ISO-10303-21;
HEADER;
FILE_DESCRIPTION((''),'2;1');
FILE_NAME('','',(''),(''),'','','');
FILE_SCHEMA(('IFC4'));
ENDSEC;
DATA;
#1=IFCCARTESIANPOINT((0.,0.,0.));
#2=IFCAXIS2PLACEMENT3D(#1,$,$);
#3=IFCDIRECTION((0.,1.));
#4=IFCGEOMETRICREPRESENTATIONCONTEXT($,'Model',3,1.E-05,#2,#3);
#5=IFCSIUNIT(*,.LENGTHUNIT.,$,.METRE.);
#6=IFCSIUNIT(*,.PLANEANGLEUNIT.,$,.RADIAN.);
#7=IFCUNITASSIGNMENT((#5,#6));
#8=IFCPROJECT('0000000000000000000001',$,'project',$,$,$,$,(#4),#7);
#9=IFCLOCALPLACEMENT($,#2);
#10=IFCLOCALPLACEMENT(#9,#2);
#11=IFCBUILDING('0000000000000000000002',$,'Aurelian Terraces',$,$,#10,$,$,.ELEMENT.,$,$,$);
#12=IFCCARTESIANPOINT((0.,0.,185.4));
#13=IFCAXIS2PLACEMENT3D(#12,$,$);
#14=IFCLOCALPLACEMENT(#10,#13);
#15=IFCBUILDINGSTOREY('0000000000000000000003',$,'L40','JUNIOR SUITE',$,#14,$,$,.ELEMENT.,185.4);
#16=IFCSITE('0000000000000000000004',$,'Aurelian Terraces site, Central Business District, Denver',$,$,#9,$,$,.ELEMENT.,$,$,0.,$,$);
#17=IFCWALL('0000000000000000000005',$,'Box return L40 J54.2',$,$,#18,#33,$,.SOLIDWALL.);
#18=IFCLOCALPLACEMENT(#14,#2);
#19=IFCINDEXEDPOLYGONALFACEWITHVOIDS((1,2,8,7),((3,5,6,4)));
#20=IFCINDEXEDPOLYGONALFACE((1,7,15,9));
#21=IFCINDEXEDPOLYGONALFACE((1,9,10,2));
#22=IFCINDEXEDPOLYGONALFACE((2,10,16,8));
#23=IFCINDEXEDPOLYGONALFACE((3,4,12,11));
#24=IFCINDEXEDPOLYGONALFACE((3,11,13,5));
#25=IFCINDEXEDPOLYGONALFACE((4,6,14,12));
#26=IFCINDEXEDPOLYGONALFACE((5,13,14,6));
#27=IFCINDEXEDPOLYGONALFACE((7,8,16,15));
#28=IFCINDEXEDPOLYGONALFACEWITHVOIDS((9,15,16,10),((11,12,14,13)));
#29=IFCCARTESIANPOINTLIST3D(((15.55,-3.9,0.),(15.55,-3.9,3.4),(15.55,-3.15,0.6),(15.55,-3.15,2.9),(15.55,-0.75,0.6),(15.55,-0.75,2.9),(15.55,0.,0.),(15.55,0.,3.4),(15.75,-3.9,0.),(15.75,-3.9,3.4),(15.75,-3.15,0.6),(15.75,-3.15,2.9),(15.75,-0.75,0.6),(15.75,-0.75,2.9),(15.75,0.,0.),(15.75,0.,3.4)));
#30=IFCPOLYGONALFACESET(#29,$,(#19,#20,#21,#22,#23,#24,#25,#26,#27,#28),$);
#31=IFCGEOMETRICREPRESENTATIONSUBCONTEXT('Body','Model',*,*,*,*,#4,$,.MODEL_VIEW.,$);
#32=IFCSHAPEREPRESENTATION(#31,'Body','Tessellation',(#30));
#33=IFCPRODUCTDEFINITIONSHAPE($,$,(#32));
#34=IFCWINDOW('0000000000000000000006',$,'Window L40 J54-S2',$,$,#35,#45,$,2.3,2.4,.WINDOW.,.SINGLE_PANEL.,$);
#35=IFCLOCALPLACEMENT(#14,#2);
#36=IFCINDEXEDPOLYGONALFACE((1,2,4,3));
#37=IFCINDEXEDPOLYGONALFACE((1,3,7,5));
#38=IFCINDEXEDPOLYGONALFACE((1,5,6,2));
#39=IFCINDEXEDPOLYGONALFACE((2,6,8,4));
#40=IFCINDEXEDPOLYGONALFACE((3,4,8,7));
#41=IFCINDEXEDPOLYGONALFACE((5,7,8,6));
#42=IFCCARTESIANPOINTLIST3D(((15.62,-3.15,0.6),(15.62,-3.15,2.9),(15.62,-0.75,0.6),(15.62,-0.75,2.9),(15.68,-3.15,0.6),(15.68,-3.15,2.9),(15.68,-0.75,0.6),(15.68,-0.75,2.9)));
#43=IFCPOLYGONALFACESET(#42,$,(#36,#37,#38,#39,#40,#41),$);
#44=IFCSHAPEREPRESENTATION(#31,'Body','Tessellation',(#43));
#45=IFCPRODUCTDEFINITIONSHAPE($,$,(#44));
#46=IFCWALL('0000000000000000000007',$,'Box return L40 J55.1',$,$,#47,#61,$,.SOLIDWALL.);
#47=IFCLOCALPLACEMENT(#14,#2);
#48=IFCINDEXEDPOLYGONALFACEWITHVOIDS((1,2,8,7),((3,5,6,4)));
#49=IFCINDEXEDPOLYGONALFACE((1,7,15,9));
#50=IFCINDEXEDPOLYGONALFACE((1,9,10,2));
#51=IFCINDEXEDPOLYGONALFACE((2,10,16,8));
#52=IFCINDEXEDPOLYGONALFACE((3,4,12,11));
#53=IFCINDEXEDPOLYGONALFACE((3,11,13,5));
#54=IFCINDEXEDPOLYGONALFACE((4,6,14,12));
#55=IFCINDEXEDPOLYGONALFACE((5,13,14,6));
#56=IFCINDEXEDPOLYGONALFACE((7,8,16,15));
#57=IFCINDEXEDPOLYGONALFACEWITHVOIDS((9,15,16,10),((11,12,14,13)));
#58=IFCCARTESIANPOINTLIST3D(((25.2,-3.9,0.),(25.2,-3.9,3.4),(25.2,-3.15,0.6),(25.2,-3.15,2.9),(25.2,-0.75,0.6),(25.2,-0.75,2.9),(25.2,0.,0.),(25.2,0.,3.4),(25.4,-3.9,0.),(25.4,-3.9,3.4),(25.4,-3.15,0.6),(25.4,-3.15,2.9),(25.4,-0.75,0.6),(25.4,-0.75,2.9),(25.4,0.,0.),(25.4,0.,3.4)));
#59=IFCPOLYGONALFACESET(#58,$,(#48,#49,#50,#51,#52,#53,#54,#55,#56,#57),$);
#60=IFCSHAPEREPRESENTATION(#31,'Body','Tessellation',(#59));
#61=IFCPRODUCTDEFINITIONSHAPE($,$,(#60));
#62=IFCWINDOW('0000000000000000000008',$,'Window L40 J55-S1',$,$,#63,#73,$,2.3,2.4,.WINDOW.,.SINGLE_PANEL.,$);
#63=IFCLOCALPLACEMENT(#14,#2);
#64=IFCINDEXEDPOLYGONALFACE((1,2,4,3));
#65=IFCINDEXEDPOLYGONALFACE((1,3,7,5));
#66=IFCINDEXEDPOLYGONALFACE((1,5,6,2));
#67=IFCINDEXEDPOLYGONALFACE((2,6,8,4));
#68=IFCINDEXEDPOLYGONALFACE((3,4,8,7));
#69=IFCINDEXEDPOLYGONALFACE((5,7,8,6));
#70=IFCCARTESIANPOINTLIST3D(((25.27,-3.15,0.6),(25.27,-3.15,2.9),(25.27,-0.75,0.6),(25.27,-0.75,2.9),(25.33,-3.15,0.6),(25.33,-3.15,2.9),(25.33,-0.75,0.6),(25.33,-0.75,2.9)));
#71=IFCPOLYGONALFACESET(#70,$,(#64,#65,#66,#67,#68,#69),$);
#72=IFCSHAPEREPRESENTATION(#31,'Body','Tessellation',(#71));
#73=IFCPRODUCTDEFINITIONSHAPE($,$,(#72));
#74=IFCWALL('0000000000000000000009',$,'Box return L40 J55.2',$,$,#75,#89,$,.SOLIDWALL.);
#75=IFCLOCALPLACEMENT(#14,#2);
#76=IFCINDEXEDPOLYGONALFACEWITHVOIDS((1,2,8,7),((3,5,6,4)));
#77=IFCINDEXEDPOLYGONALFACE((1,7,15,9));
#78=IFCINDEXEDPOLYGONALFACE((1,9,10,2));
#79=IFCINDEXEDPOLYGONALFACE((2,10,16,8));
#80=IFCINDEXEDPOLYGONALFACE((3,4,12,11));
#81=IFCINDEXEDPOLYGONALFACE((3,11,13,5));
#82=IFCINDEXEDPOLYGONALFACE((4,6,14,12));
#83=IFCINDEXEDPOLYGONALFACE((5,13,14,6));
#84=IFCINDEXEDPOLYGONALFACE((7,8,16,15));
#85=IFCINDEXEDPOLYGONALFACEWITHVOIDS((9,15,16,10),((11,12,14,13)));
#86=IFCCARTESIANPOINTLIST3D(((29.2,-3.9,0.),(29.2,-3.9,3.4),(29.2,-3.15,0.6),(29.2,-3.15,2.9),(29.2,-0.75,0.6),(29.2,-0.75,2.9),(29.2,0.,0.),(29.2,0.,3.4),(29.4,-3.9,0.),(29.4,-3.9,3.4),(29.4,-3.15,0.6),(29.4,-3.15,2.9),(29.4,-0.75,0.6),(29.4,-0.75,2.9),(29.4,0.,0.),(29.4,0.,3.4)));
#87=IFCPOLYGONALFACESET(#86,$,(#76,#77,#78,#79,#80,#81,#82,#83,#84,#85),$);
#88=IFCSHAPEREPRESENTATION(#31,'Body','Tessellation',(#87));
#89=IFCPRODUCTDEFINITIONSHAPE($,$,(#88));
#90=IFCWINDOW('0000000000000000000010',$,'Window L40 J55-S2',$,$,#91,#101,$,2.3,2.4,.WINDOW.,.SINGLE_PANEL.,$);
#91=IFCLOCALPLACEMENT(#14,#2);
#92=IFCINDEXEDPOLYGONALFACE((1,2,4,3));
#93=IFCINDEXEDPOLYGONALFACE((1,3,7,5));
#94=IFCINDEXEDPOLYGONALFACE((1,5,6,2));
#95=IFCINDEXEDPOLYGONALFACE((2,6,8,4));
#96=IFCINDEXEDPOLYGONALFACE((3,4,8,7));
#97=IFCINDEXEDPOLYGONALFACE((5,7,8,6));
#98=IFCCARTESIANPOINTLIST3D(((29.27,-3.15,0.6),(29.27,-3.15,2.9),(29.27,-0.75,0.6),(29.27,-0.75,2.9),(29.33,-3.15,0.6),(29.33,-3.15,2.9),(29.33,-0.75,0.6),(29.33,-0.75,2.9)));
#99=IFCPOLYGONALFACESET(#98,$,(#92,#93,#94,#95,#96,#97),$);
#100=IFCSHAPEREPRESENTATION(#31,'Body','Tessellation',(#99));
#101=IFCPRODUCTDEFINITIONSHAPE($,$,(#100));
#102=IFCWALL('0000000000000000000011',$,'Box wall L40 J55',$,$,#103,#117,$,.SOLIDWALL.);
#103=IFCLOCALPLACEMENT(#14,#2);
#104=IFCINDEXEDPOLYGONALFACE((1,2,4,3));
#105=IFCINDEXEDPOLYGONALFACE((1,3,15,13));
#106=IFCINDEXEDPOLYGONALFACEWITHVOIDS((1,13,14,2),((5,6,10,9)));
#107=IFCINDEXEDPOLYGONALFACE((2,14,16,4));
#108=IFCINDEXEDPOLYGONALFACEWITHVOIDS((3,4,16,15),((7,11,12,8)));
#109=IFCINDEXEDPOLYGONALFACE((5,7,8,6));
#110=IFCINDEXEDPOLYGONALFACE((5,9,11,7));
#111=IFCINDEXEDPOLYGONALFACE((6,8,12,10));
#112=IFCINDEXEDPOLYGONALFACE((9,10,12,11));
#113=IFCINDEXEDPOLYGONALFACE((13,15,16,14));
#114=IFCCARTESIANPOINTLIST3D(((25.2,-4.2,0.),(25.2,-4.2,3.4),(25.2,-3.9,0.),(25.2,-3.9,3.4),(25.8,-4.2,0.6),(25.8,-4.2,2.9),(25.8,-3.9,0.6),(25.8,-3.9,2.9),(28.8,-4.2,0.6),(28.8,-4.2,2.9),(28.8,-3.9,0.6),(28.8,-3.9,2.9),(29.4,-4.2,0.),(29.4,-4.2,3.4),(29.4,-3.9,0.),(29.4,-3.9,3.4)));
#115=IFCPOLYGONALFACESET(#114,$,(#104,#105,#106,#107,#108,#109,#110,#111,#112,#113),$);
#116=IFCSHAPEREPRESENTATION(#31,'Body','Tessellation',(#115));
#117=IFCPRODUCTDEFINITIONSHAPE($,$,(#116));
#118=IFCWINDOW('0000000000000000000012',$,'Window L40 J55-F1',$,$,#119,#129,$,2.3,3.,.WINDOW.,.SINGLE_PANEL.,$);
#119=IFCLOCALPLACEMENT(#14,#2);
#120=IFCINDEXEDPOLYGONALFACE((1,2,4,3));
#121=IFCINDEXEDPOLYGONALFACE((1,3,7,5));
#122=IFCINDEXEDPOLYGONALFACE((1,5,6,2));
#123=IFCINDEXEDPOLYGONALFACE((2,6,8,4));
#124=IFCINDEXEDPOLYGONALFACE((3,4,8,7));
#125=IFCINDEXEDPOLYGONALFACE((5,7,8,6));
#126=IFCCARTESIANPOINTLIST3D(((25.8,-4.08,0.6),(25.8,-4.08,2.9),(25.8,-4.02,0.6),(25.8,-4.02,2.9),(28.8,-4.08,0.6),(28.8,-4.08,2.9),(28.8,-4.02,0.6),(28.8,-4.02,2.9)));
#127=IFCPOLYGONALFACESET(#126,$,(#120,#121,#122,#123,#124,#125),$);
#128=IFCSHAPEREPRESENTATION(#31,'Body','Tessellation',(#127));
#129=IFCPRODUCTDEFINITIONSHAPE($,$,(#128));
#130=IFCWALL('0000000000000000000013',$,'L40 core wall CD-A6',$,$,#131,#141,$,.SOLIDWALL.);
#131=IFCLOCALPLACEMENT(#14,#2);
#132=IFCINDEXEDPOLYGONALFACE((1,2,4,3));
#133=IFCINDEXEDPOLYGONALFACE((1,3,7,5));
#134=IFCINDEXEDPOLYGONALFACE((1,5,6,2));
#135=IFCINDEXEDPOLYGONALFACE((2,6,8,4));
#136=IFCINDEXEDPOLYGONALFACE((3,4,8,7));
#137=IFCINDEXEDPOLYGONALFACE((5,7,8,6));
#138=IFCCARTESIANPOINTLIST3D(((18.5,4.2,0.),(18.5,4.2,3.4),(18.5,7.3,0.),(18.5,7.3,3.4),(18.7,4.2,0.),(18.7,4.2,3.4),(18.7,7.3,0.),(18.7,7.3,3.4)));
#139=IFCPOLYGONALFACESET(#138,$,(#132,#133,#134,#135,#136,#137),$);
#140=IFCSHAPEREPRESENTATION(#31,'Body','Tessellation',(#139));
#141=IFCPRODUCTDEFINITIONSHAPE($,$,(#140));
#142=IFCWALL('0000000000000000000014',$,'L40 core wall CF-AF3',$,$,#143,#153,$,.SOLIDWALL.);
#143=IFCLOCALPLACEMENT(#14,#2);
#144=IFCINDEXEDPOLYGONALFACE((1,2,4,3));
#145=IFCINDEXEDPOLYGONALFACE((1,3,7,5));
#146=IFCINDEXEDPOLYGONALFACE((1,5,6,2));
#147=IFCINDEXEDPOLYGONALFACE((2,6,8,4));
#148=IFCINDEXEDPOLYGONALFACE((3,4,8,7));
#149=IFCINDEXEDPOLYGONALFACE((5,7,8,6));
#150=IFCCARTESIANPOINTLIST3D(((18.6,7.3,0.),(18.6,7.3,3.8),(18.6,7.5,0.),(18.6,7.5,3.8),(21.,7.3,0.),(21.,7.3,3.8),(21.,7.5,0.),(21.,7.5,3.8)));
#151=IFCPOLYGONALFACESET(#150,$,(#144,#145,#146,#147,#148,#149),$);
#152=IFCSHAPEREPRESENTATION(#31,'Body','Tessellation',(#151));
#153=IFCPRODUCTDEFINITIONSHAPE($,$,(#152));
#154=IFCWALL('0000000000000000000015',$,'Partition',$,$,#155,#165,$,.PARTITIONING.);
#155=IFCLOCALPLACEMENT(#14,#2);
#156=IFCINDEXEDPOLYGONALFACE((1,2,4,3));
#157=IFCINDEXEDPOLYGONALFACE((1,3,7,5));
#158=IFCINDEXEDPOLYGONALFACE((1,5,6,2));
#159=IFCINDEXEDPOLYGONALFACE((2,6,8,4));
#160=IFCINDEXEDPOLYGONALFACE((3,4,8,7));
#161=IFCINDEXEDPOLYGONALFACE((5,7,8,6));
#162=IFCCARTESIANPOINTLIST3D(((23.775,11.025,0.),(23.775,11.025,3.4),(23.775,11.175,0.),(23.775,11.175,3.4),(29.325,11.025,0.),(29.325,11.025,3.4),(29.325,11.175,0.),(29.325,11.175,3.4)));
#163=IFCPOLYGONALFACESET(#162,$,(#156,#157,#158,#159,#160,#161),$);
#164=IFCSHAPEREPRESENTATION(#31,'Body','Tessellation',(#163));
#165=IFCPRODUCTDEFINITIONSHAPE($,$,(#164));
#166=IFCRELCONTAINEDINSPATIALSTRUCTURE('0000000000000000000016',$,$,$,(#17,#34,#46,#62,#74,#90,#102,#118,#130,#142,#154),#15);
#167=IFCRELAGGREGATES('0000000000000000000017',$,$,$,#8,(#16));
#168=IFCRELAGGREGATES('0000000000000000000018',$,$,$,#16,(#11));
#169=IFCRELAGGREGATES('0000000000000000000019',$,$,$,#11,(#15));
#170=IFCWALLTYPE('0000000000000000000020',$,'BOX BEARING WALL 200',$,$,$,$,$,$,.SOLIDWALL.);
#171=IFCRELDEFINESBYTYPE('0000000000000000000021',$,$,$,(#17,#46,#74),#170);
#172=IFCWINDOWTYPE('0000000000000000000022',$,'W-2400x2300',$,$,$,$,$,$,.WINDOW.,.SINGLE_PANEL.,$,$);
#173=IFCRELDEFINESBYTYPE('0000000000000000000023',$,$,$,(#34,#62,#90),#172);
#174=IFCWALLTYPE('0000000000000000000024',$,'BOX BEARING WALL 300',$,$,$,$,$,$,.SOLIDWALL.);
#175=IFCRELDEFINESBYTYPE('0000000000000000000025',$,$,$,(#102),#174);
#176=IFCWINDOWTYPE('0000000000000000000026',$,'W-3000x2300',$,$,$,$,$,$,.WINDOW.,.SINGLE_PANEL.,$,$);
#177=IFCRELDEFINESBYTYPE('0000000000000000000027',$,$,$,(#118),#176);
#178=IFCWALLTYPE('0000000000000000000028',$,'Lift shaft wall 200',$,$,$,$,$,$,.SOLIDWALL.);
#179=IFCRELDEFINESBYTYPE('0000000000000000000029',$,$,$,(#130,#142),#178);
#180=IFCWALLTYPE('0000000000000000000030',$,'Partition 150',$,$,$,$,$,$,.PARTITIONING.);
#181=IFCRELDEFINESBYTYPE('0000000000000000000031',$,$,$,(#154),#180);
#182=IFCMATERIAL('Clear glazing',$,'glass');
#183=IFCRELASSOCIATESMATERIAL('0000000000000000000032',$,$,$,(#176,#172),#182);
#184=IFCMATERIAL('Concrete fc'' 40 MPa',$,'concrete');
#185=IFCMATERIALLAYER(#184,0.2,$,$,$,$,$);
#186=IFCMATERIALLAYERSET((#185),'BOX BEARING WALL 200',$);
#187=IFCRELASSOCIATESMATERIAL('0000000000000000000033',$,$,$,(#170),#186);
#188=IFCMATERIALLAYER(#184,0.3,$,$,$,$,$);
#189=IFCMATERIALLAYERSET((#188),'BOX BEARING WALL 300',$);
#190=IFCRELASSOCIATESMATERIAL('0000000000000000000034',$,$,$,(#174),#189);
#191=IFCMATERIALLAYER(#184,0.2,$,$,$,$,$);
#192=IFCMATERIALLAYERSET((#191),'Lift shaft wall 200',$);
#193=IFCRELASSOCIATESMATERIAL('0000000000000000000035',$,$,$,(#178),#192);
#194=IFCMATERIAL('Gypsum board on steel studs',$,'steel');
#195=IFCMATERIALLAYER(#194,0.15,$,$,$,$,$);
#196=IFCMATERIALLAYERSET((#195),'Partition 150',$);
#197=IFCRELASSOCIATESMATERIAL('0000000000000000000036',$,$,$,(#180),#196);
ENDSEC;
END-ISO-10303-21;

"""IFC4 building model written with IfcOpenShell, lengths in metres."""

from ifc_helpers import new_model, si_unit, direction, frame, frame_2d, origin, place, context, subcontext, project, spatial, rectangle, extrude, source, transform, mapped, material, layer, layer_set, type_object, element, fill, save


model = new_model("IFC4")

# Units and contexts
model_context = context("Model", 3, precision=1e-05, world=origin(), true_north=direction((0.0, 1.0)))
body_context = subcontext(model_context, "Body", "Model", "MODEL_VIEW")
ifc_project = project(units=[si_unit("LENGTHUNIT", "METRE"), si_unit("PLANEANGLEUNIT", "RADIAN")], contexts=[model_context])

# Site, building, storey
site_placement = place(None, origin())
site = spatial("IfcSite", under=ifc_project, at=site_placement, Name="Aurelian Terraces site, Central Business District, Denver", CompositionType="ELEMENT", RefElevation=0.0)
building_placement = place(site_placement, origin())
building = spatial("IfcBuilding", under=site, at=building_placement, Name="Aurelian Terraces", CompositionType="ELEMENT")
storey_placement = place(building_placement, frame((0.0, 0.0, 185.4)))
storey = spatial("IfcBuildingStorey", under=building, at=storey_placement, Name="L40", Description="JUNIOR SUITE", CompositionType="ELEMENT", Elevation=185.4)

# Shared definitions
shared_shape_1 = source(origin(), body_context, "Body", "SweptSolid", [
    extrude(rectangle(XDim=3.0, YDim=2.3, at=frame_2d((1.5, 1.15))), frame((0.0, 0.16, 0.0), z_axis=(0.0, -1.0, 0.0), x_axis=(1.0, 0.0, 0.0)), (0.0, 0.0, 1.0), 0.32),
])
ifc_material_1 = material(Name="Clear glazing", Category="glass")
window_type_1 = type_object("IfcWindowType", Name="W-3000x2300", PartitioningType="SINGLE_PANEL", PredefinedType="WINDOW", material=ifc_material_1)
shared_shape_2 = source(origin(), body_context, "Body", "SweptSolid", [
    extrude(rectangle(XDim=3.0, YDim=2.3, at=frame_2d((1.5, 1.15))), frame((0.0, 0.03, 0.0), z_axis=(0.0, -1.0, 0.0), x_axis=(1.0, 0.0, 0.0)), (0.0, 0.0, 1.0), 0.06),
])

# Walls, openings, windows
ifc_material_2 = material(Name="Concrete fc' 40 MPa", Category="concrete")
ifc_layer_1 = layer(ifc_material_2, 0.2)
ifc_layer_set_1 = layer_set([ifc_layer_1], Name="BOX BEARING WALL 200")
wall_type_1 = type_object("IfcWallType", Name="BOX BEARING WALL 200", PredefinedType="SOLIDWALL", material=ifc_layer_set_1)
shared_shape_3 = source(origin(), body_context, "Body", "SweptSolid", [
    extrude(rectangle(XDim=3.9, YDim=0.2, at=frame_2d((1.95, 0.0))), origin(), (0.0, 0.0, 1.0), 3.4),
])
wall_1_placement = place(storey_placement, frame((15.65, 0.0, 0.0), z_axis=(0.0, 0.0, 1.0), x_axis=(0.0, -1.0, 0.0)))
wall_1 = element("IfcWall", 1, at=wall_1_placement, inside=storey, type_object=wall_type_1, Name="Box return L40 J54.2", PredefinedType="SOLIDWALL", context=body_context, shape_type="MappedRepresentation", body=[
    mapped(shared_shape_3, transform((0.0, 0.0, 0.0), scale=1.0)),
])
shared_shape_4 = source(origin(), body_context, "Body", "SweptSolid", [
    extrude(rectangle(XDim=2.4, YDim=2.3, at=frame_2d((1.2, 1.15))), frame((0.0, 0.11, 0.0), z_axis=(0.0, -1.0, 0.0), x_axis=(1.0, 0.0, 0.0)), (0.0, 0.0, 1.0), 0.22),
])
opening_1_placement = place(wall_1_placement, frame((0.75, 0.0, 0.6)))
opening_1 = element("IfcOpeningElement", 2, at=opening_1_placement, cuts=wall_1, PredefinedType="OPENING", context=body_context, shape_type="MappedRepresentation", body=[
    mapped(shared_shape_4, transform((0.0, 0.0, 0.0), scale=1.0)),
])
window_type_2 = type_object("IfcWindowType", Name="W-2400x2300", PartitioningType="SINGLE_PANEL", PredefinedType="WINDOW", material=ifc_material_1)
shared_shape_5 = source(origin(), body_context, "Body", "SweptSolid", [
    extrude(rectangle(XDim=2.4, YDim=2.3, at=frame_2d((1.2, 1.15))), frame((0.0, 0.03, 0.0), z_axis=(0.0, -1.0, 0.0), x_axis=(1.0, 0.0, 0.0)), (0.0, 0.0, 1.0), 0.06),
])
window_1_placement = place(opening_1_placement, origin())
window_1 = element("IfcWindow", 3, at=window_1_placement, inside=storey, type_object=window_type_2, Name="Window L40 J54-S2", OverallHeight=2.3, OverallWidth=2.4, PartitioningType="SINGLE_PANEL", PredefinedType="WINDOW", context=body_context, shape_type="MappedRepresentation", body=[
    mapped(shared_shape_5, transform((0.0, 0.0, 0.0), scale=1.0)),
])
fill(opening_1, window_1)
wall_2_placement = place(storey_placement, frame((25.3, 0.0, 0.0), z_axis=(0.0, 0.0, 1.0), x_axis=(0.0, -1.0, 0.0)))
wall_2 = element("IfcWall", 4, at=wall_2_placement, inside=storey, type_object=wall_type_1, Name="Box return L40 J55.1", PredefinedType="SOLIDWALL", context=body_context, shape_type="MappedRepresentation", body=[
    mapped(shared_shape_3, transform((0.0, 0.0, 0.0), scale=1.0)),
])
opening_2_placement = place(wall_2_placement, frame((0.75, 0.0, 0.6)))
opening_2 = element("IfcOpeningElement", 5, at=opening_2_placement, cuts=wall_2, PredefinedType="OPENING", context=body_context, shape_type="MappedRepresentation", body=[
    mapped(shared_shape_4, transform((0.0, 0.0, 0.0), scale=1.0)),
])
window_2_placement = place(opening_2_placement, origin())
window_2 = element("IfcWindow", 6, at=window_2_placement, inside=storey, type_object=window_type_2, Name="Window L40 J55-S1", OverallHeight=2.3, OverallWidth=2.4, PartitioningType="SINGLE_PANEL", PredefinedType="WINDOW", context=body_context, shape_type="MappedRepresentation", body=[
    mapped(shared_shape_5, transform((0.0, 0.0, 0.0), scale=1.0)),
])
fill(opening_2, window_2)
wall_3_placement = place(storey_placement, frame((29.3, 0.0, 0.0), z_axis=(0.0, 0.0, 1.0), x_axis=(0.0, -1.0, 0.0)))
wall_3 = element("IfcWall", 7, at=wall_3_placement, inside=storey, type_object=wall_type_1, Name="Box return L40 J55.2", PredefinedType="SOLIDWALL", context=body_context, shape_type="MappedRepresentation", body=[
    mapped(shared_shape_3, transform((0.0, 0.0, 0.0), scale=1.0)),
])
opening_3_placement = place(wall_3_placement, frame((0.75, 0.0, 0.6)))
opening_3 = element("IfcOpeningElement", 8, at=opening_3_placement, cuts=wall_3, PredefinedType="OPENING", context=body_context, shape_type="MappedRepresentation", body=[
    mapped(shared_shape_4, transform((0.0, 0.0, 0.0), scale=1.0)),
])
window_3_placement = place(opening_3_placement, origin())
window_3 = element("IfcWindow", 9, at=window_3_placement, inside=storey, type_object=window_type_2, Name="Window L40 J55-S2", OverallHeight=2.3, OverallWidth=2.4, PartitioningType="SINGLE_PANEL", PredefinedType="WINDOW", context=body_context, shape_type="MappedRepresentation", body=[
    mapped(shared_shape_5, transform((0.0, 0.0, 0.0), scale=1.0)),
])
fill(opening_3, window_3)
ifc_layer_2 = layer(ifc_material_2, 0.3)
ifc_layer_set_2 = layer_set([ifc_layer_2], Name="BOX BEARING WALL 300")
wall_type_2 = type_object("IfcWallType", Name="BOX BEARING WALL 300", PredefinedType="SOLIDWALL", material=ifc_layer_set_2)
shared_shape_6 = source(origin(), body_context, "Body", "SweptSolid", [
    extrude(rectangle(XDim=4.2, YDim=0.3, at=frame_2d((2.1, 0.0))), origin(), (0.0, 0.0, 1.0), 3.4),
])
wall_4_placement = place(storey_placement, frame((25.2, -4.05, 0.0), z_axis=(0.0, 0.0, 1.0), x_axis=(1.0, 0.0, 0.0)))
wall_4 = element("IfcWall", 10, at=wall_4_placement, inside=storey, type_object=wall_type_2, Name="Box wall L40 J55", PredefinedType="SOLIDWALL", context=body_context, shape_type="MappedRepresentation", body=[
    mapped(shared_shape_6, transform((0.0, 0.0, 0.0), scale=1.0)),
])
opening_4_placement = place(wall_4_placement, frame((0.6, 0.0, 0.6)))
opening_4 = element("IfcOpeningElement", 11, at=opening_4_placement, cuts=wall_4, PredefinedType="OPENING", context=body_context, shape_type="MappedRepresentation", body=[
    mapped(shared_shape_1, transform((0.0, 0.0, 0.0), scale=1.0)),
])
window_4_placement = place(opening_4_placement, origin())
window_4 = element("IfcWindow", 12, at=window_4_placement, inside=storey, type_object=window_type_1, Name="Window L40 J55-F1", OverallHeight=2.3, OverallWidth=3.0, PartitioningType="SINGLE_PANEL", PredefinedType="WINDOW", context=body_context, shape_type="MappedRepresentation", body=[
    mapped(shared_shape_2, transform((0.0, 0.0, 0.0), scale=1.0)),
])
fill(opening_4, window_4)

# Walls
ifc_layer_3 = layer(ifc_material_2, 0.2)
ifc_layer_set_3 = layer_set([ifc_layer_3], Name="Lift shaft wall 200")
wall_type_3 = type_object("IfcWallType", Name="Lift shaft wall 200", PredefinedType="SOLIDWALL", material=ifc_layer_set_3)
shared_shape_7 = source(origin(), body_context, "Body", "SweptSolid", [
    extrude(rectangle(XDim=3.1, YDim=0.2, at=frame_2d((1.55, 0.0))), origin(), (0.0, 0.0, 1.0), 3.4),
])
wall_5_placement = place(storey_placement, frame((18.6, 4.2, 0.0), z_axis=(0.0, 0.0, 1.0), x_axis=(0.0, 1.0, 0.0)))
element("IfcWall", 13, at=wall_5_placement, inside=storey, type_object=wall_type_3, Name="L40 core wall CD-A6", PredefinedType="SOLIDWALL", context=body_context, shape_type="MappedRepresentation", body=[
    mapped(shared_shape_7, transform((0.0, 0.0, 0.0), scale=1.0)),
])
shared_shape_8 = source(origin(), body_context, "Body", "SweptSolid", [
    extrude(rectangle(XDim=2.4, YDim=0.2, at=frame_2d((1.2, 0.0))), origin(), (0.0, 0.0, 1.0), 3.8),
])
wall_6_placement = place(storey_placement, frame((18.6, 7.4, 0.0), z_axis=(0.0, 0.0, 1.0), x_axis=(1.0, 0.0, 0.0)))
element("IfcWall", 14, at=wall_6_placement, inside=storey, type_object=wall_type_3, Name="L40 core wall CF-AF3", PredefinedType="SOLIDWALL", context=body_context, shape_type="MappedRepresentation", body=[
    mapped(shared_shape_8, transform((0.0, 0.0, 0.0), scale=1.0)),
])
ifc_material_3 = material(Name="Gypsum board on steel studs", Category="steel")
ifc_layer_4 = layer(ifc_material_3, 0.15)
ifc_layer_set_4 = layer_set([ifc_layer_4], Name="Partition 150")
wall_type_4 = type_object("IfcWallType", Name="Partition 150", PredefinedType="PARTITIONING", material=ifc_layer_set_4)
shared_shape_9 = source(origin(), body_context, "Body", "SweptSolid", [
    extrude(rectangle(XDim=5.55, YDim=0.15, at=frame_2d((2.775, 0.0))), origin(), (0.0, 0.0, 1.0), 3.4),
])
wall_7_placement = place(storey_placement, frame((29.325, 11.1, 0.0), z_axis=(0.0, 0.0, 1.0), x_axis=(-1.0, 0.0, 0.0)))
element("IfcWall", 15, at=wall_7_placement, inside=storey, type_object=wall_type_4, Name="Partition", PredefinedType="PARTITIONING", context=body_context, shape_type="MappedRepresentation", body=[
    mapped(shared_shape_9, transform((0.0, 0.0, 0.0), scale=1.0)),
])

save(model, "model.ifc")
